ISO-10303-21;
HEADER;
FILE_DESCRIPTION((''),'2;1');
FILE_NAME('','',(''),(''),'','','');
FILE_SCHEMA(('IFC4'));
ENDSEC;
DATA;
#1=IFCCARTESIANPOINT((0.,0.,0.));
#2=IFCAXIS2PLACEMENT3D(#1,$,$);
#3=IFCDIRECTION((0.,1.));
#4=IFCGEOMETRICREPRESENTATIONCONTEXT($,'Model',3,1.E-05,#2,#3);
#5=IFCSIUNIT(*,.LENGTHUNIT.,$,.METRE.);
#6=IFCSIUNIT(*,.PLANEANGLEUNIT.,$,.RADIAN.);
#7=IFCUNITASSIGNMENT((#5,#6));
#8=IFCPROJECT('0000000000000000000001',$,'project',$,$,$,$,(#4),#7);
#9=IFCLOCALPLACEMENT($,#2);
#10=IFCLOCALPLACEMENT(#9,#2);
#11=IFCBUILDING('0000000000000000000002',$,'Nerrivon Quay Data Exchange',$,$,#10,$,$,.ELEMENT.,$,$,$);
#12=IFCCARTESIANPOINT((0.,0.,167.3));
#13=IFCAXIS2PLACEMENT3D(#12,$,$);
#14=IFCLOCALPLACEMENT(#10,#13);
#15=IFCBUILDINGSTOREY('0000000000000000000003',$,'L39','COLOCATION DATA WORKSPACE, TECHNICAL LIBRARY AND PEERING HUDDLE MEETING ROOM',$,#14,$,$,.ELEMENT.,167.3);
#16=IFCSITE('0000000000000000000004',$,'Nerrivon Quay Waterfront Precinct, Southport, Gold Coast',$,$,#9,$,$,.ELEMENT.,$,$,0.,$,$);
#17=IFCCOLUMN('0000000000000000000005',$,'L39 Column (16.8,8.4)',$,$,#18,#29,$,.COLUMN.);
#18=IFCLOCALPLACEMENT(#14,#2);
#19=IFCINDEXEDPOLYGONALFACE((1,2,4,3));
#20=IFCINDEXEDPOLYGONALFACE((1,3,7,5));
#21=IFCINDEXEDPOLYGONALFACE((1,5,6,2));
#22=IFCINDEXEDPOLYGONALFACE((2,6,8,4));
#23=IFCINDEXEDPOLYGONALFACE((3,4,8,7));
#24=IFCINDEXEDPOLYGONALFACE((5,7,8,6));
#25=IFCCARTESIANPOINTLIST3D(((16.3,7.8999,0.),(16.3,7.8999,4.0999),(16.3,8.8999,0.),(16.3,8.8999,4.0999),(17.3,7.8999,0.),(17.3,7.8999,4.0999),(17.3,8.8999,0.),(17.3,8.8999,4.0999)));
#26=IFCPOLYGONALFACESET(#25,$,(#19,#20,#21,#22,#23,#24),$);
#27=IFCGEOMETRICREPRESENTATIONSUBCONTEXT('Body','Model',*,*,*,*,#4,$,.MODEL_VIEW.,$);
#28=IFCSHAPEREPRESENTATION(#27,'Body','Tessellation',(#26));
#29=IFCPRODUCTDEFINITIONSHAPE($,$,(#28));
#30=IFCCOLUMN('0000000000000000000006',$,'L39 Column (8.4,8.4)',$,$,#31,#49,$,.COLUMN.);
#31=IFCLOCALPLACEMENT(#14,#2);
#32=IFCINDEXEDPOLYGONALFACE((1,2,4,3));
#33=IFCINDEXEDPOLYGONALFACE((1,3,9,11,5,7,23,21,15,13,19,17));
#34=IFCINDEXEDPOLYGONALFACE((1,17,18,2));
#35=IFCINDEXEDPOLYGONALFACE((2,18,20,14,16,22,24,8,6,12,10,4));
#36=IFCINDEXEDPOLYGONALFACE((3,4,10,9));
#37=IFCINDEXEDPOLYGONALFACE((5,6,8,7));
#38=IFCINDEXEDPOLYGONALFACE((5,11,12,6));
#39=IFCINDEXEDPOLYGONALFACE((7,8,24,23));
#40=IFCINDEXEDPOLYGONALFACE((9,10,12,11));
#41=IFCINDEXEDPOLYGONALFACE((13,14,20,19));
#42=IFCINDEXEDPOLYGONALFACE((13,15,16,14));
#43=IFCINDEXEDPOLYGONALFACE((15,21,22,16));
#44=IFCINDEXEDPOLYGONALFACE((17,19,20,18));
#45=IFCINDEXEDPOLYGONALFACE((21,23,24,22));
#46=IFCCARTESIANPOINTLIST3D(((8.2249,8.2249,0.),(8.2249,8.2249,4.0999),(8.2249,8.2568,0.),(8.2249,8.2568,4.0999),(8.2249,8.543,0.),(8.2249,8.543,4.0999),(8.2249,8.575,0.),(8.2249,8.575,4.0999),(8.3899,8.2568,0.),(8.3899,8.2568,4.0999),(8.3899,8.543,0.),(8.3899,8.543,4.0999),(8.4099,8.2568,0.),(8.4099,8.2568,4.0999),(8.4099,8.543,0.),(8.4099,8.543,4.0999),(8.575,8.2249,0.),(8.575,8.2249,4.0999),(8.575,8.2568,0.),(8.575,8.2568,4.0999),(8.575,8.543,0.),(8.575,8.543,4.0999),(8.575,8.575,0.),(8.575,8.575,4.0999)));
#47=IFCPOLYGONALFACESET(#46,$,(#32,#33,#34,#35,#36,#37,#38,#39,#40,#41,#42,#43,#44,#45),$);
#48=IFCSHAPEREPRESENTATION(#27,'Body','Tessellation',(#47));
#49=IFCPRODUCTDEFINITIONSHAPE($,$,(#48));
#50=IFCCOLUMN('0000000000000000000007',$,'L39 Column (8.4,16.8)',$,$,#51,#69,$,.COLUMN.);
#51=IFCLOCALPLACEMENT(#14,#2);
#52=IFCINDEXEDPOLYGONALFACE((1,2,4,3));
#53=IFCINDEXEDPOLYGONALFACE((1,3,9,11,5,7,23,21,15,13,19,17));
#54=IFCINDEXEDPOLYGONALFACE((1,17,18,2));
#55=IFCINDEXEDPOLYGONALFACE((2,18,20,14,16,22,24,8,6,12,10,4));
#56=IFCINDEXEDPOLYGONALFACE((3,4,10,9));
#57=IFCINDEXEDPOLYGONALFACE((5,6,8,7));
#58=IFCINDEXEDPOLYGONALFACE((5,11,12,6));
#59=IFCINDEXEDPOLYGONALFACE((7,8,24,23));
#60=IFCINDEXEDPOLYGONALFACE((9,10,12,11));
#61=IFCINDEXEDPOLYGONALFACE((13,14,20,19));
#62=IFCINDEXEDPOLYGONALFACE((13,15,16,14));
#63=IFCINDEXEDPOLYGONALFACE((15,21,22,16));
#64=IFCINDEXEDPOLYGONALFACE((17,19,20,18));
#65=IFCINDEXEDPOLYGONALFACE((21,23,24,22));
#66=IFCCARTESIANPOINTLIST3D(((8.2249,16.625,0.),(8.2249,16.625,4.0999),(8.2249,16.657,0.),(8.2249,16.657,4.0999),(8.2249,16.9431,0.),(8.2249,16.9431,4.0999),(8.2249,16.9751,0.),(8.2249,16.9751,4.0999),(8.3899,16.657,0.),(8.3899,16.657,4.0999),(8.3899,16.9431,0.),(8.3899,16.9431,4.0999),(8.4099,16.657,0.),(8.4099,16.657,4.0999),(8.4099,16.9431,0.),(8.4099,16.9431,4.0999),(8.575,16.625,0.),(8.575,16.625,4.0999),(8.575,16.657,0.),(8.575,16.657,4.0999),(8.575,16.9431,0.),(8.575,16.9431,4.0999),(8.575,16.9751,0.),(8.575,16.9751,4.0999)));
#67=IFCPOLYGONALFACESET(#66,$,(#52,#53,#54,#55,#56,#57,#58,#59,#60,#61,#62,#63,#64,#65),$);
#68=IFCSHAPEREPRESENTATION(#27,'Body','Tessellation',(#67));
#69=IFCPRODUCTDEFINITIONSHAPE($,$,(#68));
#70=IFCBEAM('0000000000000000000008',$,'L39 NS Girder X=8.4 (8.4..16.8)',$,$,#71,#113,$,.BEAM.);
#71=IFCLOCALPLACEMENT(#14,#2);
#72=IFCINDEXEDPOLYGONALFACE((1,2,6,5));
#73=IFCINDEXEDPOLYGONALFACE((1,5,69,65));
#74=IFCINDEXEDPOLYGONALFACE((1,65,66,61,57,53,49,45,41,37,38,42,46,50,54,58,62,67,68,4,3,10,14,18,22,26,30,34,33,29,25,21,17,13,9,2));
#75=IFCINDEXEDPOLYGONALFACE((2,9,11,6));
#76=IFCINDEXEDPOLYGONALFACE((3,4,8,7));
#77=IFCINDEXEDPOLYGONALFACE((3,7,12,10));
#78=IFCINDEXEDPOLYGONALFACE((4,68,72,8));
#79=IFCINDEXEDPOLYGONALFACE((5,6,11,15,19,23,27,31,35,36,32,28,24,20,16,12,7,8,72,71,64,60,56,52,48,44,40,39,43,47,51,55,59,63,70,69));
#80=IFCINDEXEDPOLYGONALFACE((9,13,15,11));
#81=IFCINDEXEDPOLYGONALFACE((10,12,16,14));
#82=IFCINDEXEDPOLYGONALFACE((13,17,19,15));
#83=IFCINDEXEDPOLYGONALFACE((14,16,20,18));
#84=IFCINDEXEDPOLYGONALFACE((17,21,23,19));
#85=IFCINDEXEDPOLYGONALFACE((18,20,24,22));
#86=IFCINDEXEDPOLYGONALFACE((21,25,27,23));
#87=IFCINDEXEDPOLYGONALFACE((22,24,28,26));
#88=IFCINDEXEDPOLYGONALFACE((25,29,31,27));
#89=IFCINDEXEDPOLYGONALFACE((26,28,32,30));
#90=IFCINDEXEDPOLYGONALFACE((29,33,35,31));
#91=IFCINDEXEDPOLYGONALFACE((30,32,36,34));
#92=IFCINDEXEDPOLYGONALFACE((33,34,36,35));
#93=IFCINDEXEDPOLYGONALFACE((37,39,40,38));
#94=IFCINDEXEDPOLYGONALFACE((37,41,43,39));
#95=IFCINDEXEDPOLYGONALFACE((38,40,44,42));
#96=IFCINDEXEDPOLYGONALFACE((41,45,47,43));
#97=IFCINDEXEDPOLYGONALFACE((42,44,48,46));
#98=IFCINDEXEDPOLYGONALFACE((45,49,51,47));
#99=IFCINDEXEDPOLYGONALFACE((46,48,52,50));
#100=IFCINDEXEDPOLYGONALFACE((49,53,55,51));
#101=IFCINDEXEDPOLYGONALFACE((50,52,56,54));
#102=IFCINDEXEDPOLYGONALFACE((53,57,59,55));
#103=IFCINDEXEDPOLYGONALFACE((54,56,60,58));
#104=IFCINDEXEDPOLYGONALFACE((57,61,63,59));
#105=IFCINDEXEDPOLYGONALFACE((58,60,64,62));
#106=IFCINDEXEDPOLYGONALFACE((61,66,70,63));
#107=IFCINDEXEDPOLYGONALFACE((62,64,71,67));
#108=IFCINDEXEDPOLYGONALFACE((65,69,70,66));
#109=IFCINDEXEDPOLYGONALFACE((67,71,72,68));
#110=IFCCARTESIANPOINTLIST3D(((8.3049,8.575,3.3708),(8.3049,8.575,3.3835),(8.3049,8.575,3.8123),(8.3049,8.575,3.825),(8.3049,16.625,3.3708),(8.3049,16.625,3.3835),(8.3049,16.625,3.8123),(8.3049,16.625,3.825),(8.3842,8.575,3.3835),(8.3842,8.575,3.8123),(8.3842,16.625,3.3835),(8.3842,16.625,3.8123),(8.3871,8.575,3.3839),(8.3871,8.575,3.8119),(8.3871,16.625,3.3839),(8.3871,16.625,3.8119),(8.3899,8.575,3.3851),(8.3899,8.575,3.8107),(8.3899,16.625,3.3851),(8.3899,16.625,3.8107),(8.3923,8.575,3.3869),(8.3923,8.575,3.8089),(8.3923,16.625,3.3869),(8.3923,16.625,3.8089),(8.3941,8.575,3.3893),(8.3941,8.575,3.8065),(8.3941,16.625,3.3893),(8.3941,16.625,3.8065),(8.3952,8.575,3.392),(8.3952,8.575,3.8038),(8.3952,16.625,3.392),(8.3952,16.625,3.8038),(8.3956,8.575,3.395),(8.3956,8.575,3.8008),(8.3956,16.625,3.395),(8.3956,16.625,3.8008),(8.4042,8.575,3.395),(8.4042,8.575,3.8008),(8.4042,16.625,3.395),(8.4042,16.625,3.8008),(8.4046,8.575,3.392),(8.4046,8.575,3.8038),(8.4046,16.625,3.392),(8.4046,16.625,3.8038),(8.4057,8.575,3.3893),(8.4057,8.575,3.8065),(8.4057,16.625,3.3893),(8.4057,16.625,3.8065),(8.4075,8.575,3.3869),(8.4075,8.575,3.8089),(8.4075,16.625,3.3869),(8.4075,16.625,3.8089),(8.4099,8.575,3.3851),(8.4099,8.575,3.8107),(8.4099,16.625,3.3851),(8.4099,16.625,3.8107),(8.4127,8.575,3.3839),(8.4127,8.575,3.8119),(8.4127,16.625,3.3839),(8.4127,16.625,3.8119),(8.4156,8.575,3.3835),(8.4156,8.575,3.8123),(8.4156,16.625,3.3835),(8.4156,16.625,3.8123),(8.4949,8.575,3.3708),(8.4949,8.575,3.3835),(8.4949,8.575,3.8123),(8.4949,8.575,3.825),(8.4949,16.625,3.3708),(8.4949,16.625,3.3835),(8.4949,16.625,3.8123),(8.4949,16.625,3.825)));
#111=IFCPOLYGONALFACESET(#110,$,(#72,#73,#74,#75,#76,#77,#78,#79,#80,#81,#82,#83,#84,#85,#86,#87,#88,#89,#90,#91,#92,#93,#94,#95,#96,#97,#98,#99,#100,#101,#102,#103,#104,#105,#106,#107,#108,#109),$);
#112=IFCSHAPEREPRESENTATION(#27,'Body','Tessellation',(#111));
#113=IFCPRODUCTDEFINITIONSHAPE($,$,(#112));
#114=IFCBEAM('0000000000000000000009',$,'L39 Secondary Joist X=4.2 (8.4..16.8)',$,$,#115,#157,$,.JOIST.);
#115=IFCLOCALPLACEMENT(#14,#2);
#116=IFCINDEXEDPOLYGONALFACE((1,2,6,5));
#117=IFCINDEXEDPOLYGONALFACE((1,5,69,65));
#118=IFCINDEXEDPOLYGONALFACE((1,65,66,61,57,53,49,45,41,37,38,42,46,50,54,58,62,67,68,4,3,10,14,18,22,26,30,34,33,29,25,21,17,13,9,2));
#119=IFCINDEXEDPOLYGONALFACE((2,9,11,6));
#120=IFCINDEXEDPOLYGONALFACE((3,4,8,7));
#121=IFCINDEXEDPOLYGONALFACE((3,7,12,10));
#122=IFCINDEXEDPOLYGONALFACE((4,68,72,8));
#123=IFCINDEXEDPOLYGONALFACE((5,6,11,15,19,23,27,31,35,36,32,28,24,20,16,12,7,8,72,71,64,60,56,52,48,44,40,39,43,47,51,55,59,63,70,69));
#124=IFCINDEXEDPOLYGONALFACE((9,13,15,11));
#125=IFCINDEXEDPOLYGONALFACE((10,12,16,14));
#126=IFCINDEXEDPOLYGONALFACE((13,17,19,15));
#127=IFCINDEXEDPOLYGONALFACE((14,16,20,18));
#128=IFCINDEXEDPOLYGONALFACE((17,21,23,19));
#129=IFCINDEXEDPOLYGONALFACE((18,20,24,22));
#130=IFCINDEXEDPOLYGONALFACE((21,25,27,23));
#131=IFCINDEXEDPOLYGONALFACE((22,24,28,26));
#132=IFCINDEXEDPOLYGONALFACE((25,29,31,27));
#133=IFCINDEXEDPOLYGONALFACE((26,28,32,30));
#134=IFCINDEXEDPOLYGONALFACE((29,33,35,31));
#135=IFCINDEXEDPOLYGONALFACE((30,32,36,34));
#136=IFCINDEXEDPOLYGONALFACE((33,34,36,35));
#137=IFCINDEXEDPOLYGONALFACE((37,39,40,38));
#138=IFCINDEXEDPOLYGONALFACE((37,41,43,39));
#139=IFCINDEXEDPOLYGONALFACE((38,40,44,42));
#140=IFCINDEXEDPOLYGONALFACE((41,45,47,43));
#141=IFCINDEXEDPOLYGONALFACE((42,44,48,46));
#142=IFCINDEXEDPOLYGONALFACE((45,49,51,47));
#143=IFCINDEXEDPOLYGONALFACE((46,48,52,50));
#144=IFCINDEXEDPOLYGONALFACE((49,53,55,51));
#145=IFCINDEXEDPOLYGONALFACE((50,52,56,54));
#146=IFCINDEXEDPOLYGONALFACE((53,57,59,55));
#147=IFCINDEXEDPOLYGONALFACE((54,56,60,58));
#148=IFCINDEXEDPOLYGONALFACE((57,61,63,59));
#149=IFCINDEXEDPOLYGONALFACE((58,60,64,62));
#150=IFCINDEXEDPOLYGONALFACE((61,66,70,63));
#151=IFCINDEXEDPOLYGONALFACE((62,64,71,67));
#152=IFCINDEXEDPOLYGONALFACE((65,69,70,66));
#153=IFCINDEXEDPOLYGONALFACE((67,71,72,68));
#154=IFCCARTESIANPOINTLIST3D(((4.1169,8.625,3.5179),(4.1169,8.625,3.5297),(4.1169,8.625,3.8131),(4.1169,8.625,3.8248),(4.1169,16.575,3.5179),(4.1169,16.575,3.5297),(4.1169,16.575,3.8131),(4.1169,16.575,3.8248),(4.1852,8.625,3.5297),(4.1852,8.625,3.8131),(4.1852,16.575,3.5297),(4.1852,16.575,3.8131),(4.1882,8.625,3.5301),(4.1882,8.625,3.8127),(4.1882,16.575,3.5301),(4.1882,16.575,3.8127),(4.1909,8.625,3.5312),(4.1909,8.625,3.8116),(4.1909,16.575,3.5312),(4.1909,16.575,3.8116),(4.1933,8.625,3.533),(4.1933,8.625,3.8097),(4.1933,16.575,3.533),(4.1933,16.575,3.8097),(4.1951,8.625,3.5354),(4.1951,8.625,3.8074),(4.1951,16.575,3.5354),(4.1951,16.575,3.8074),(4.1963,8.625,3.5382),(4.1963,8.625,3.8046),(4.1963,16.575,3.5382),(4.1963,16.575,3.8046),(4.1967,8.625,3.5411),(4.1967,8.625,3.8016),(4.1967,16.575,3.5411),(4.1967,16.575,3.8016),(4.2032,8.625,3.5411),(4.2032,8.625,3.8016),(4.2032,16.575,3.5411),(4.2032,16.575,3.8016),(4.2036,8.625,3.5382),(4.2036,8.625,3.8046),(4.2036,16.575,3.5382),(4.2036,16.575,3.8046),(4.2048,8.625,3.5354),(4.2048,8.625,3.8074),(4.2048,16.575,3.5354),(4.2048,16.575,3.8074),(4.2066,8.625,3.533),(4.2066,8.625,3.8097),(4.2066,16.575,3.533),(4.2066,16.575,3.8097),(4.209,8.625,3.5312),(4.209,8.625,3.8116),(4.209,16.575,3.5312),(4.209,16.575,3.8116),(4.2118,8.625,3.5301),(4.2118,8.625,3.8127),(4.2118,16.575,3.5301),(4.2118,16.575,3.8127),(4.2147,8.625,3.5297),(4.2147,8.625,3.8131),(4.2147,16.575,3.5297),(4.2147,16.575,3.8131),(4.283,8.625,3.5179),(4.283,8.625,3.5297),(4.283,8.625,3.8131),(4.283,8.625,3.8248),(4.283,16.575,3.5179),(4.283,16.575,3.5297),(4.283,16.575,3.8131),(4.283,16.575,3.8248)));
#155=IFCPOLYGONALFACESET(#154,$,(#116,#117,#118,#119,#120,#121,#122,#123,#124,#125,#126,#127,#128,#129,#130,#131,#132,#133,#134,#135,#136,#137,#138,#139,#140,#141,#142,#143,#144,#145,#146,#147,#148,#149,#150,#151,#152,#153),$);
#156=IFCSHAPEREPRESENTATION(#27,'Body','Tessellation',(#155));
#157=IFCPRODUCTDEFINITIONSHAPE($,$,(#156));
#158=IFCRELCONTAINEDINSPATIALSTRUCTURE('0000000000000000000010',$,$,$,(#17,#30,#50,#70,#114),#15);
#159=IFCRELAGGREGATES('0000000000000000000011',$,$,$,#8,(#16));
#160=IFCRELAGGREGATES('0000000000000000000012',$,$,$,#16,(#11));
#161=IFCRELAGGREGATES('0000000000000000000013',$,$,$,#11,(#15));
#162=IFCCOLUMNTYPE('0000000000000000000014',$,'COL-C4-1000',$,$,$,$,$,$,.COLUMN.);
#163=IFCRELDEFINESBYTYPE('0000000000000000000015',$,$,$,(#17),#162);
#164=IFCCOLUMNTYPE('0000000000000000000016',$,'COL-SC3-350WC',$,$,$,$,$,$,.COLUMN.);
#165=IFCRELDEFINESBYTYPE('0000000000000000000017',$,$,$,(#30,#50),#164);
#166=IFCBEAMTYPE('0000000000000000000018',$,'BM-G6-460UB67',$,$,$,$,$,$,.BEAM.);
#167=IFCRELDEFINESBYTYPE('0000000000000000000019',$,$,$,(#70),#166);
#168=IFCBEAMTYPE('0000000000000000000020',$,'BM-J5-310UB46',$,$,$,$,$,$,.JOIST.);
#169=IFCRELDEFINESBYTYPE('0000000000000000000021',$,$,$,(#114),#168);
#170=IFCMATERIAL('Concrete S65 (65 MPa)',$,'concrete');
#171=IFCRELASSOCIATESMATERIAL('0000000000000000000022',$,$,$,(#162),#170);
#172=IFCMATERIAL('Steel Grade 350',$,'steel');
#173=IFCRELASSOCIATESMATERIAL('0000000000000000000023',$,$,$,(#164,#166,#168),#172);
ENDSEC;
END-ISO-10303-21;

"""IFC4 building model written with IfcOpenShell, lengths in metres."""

from ifc_helpers import new_model, si_unit, direction, frame, origin, origin_2d, place, context, subcontext, project, spatial, rectangle, i_section, extrude, material, material_profile, profile_set, type_object, element, save


model = new_model("IFC4")

# Units and contexts
model_context = context("Model", 3, precision=1e-05, world=origin(), true_north=direction((0.0, 1.0)))
body_context = subcontext(model_context, "Body", "Model", "MODEL_VIEW")
ifc_project = project(units=[si_unit("LENGTHUNIT", "METRE"), si_unit("PLANEANGLEUNIT", "RADIAN")], contexts=[model_context])

# Site, building, storey
site_placement = place(None, origin())
site = spatial("IfcSite", under=ifc_project, at=site_placement, Name="Nerrivon Quay Waterfront Precinct, Southport, Gold Coast", CompositionType="ELEMENT", RefElevation=0.0)
building_placement = place(site_placement, origin())
building = spatial("IfcBuilding", under=site, at=building_placement, Name="Nerrivon Quay Data Exchange", CompositionType="ELEMENT")
storey_placement = place(building_placement, frame((0.0, 0.0, 167.3)))
storey = spatial("IfcBuildingStorey", under=building, at=storey_placement, Name="L39", Description="COLOCATION DATA WORKSPACE, TECHNICAL LIBRARY AND PEERING HUDDLE MEETING ROOM", CompositionType="ELEMENT", Elevation=167.3)

# Columns
ifc_material_1 = material(Name="Concrete S65 (65 MPa)", Category="concrete")
ifc_material_profile_1 = material_profile(ifc_material_1, rectangle(XDim=1.0, YDim=1.0, at=origin_2d()), Name="RC-COL-1000x1000")
ifc_profile_set_1 = profile_set([ifc_material_profile_1], Name="Concrete S65 (65 MPa)")
column_type_1 = type_object("IfcColumnType", Name="COL-C4-1000", PredefinedType="COLUMN", material=ifc_profile_set_1)
column_placement = place(storey_placement, frame((16.8, 8.3999, 0.0), z_axis=(0.0, 0.0, 1.0), x_axis=(1.0, 0.0, 0.0)))
element("IfcColumn", 1, at=column_placement, inside=storey, type_object=column_type_1, Name="L39 Column (16.8,8.4)", PredefinedType="COLUMN", context=body_context, shape_type="SweptSolid", body=[
    extrude(rectangle(XDim=1.0, YDim=1.0, at=origin_2d()), origin(), (0.0, 0.0, 1.0), 4.0999),
])
ifc_material_2 = material(Name="Steel Grade 350", Category="steel")
ifc_material_profile_2 = material_profile(ifc_material_2, i_section(OverallWidth=0.3501, OverallDepth=0.3501, WebThickness=0.02, FlangeThickness=0.032, at=origin_2d()), Name="350WC230")
ifc_profile_set_2 = profile_set([ifc_material_profile_2], Name="Steel Grade 350")
column_type_2 = type_object("IfcColumnType", Name="COL-SC3-350WC", PredefinedType="COLUMN", material=ifc_profile_set_2)
for number, where, z_axis, x_axis, name in (
    (2, (8.3999, 8.3999, 0.0), (0.0, 0.0, 1.0), (1.0, 0.0, 0.0), "L39 Column (8.4,8.4)"),
    (3, (8.3999, 16.8, 0.0), (0.0, 0.0, 1.0), (1.0, 0.0, 0.0), "L39 Column (8.4,16.8)"),
):
    element("IfcColumn", number, at=place(storey_placement, frame(where, z_axis=z_axis, x_axis=x_axis)), inside=storey, type_object=column_type_2, Name=name, PredefinedType="COLUMN", context=body_context, shape_type="SweptSolid", body=[
        extrude(i_section(OverallWidth=0.3501, OverallDepth=0.3501, WebThickness=0.02, FlangeThickness=0.032, at=origin_2d()), origin(), (0.0, 0.0, 1.0), 4.0999),
    ])

# Beams
ifc_material_profile_3 = material_profile(ifc_material_2, i_section(OverallWidth=0.1899, OverallDepth=0.4541, WebThickness=0.0085, FlangeThickness=0.0127, FilletRadius=0.0115, at=origin_2d()), Name="460UB67.1")
ifc_profile_set_3 = profile_set([ifc_material_profile_3], Name="Steel Grade 350")
beam_type_1 = type_object("IfcBeamType", Name="BM-G6-460UB67", PredefinedType="BEAM", material=ifc_profile_set_3)
beam_placement = place(storey_placement, frame((8.3999, 8.575, 3.5979), z_axis=(0.0, 1.0, 0.0), x_axis=(-1.0, 0.0, 0.0)))
element("IfcBeam", 4, at=beam_placement, inside=storey, type_object=beam_type_1, Name="L39 NS Girder X=8.4 (8.4..16.8)", PredefinedType="BEAM", context=body_context, shape_type="SweptSolid", body=[
    extrude(i_section(OverallWidth=0.1899, OverallDepth=0.4541, WebThickness=0.0085, FlangeThickness=0.0127, FilletRadius=0.0115, at=origin_2d()), origin(), (0.0, 0.0, 1.0), 8.05),
])
ifc_material_profile_4 = material_profile(ifc_material_2, i_section(OverallWidth=0.166, OverallDepth=0.3069, WebThickness=0.0066, FlangeThickness=0.0117, FilletRadius=0.0115, at=origin_2d()), Name="310UB46.2")
ifc_profile_set_4 = profile_set([ifc_material_profile_4], Name="Steel Grade 350")
beam_type_2 = type_object("IfcBeamType", Name="BM-J5-310UB46", PredefinedType="JOIST", material=ifc_profile_set_4)
for number, where, z_axis, x_axis, name in (
    (5, (4.2, 8.625, 3.6714), (0.0, 1.0, 0.0), (-1.0, 0.0, 0.0), "L39 Secondary Joist X=4.2 (8.4..16.8)"),
):
    element("IfcBeam", number, at=place(storey_placement, frame(where, z_axis=z_axis, x_axis=x_axis)), inside=storey, type_object=beam_type_2, Name=name, PredefinedType="JOIST", context=body_context, shape_type="SweptSolid", body=[
        extrude(i_section(OverallWidth=0.166, OverallDepth=0.3069, WebThickness=0.0066, FlangeThickness=0.0117, FilletRadius=0.0115, at=origin_2d()), origin(), (0.0, 0.0, 1.0), 7.95),
    ])

save(model, "model.ifc")
